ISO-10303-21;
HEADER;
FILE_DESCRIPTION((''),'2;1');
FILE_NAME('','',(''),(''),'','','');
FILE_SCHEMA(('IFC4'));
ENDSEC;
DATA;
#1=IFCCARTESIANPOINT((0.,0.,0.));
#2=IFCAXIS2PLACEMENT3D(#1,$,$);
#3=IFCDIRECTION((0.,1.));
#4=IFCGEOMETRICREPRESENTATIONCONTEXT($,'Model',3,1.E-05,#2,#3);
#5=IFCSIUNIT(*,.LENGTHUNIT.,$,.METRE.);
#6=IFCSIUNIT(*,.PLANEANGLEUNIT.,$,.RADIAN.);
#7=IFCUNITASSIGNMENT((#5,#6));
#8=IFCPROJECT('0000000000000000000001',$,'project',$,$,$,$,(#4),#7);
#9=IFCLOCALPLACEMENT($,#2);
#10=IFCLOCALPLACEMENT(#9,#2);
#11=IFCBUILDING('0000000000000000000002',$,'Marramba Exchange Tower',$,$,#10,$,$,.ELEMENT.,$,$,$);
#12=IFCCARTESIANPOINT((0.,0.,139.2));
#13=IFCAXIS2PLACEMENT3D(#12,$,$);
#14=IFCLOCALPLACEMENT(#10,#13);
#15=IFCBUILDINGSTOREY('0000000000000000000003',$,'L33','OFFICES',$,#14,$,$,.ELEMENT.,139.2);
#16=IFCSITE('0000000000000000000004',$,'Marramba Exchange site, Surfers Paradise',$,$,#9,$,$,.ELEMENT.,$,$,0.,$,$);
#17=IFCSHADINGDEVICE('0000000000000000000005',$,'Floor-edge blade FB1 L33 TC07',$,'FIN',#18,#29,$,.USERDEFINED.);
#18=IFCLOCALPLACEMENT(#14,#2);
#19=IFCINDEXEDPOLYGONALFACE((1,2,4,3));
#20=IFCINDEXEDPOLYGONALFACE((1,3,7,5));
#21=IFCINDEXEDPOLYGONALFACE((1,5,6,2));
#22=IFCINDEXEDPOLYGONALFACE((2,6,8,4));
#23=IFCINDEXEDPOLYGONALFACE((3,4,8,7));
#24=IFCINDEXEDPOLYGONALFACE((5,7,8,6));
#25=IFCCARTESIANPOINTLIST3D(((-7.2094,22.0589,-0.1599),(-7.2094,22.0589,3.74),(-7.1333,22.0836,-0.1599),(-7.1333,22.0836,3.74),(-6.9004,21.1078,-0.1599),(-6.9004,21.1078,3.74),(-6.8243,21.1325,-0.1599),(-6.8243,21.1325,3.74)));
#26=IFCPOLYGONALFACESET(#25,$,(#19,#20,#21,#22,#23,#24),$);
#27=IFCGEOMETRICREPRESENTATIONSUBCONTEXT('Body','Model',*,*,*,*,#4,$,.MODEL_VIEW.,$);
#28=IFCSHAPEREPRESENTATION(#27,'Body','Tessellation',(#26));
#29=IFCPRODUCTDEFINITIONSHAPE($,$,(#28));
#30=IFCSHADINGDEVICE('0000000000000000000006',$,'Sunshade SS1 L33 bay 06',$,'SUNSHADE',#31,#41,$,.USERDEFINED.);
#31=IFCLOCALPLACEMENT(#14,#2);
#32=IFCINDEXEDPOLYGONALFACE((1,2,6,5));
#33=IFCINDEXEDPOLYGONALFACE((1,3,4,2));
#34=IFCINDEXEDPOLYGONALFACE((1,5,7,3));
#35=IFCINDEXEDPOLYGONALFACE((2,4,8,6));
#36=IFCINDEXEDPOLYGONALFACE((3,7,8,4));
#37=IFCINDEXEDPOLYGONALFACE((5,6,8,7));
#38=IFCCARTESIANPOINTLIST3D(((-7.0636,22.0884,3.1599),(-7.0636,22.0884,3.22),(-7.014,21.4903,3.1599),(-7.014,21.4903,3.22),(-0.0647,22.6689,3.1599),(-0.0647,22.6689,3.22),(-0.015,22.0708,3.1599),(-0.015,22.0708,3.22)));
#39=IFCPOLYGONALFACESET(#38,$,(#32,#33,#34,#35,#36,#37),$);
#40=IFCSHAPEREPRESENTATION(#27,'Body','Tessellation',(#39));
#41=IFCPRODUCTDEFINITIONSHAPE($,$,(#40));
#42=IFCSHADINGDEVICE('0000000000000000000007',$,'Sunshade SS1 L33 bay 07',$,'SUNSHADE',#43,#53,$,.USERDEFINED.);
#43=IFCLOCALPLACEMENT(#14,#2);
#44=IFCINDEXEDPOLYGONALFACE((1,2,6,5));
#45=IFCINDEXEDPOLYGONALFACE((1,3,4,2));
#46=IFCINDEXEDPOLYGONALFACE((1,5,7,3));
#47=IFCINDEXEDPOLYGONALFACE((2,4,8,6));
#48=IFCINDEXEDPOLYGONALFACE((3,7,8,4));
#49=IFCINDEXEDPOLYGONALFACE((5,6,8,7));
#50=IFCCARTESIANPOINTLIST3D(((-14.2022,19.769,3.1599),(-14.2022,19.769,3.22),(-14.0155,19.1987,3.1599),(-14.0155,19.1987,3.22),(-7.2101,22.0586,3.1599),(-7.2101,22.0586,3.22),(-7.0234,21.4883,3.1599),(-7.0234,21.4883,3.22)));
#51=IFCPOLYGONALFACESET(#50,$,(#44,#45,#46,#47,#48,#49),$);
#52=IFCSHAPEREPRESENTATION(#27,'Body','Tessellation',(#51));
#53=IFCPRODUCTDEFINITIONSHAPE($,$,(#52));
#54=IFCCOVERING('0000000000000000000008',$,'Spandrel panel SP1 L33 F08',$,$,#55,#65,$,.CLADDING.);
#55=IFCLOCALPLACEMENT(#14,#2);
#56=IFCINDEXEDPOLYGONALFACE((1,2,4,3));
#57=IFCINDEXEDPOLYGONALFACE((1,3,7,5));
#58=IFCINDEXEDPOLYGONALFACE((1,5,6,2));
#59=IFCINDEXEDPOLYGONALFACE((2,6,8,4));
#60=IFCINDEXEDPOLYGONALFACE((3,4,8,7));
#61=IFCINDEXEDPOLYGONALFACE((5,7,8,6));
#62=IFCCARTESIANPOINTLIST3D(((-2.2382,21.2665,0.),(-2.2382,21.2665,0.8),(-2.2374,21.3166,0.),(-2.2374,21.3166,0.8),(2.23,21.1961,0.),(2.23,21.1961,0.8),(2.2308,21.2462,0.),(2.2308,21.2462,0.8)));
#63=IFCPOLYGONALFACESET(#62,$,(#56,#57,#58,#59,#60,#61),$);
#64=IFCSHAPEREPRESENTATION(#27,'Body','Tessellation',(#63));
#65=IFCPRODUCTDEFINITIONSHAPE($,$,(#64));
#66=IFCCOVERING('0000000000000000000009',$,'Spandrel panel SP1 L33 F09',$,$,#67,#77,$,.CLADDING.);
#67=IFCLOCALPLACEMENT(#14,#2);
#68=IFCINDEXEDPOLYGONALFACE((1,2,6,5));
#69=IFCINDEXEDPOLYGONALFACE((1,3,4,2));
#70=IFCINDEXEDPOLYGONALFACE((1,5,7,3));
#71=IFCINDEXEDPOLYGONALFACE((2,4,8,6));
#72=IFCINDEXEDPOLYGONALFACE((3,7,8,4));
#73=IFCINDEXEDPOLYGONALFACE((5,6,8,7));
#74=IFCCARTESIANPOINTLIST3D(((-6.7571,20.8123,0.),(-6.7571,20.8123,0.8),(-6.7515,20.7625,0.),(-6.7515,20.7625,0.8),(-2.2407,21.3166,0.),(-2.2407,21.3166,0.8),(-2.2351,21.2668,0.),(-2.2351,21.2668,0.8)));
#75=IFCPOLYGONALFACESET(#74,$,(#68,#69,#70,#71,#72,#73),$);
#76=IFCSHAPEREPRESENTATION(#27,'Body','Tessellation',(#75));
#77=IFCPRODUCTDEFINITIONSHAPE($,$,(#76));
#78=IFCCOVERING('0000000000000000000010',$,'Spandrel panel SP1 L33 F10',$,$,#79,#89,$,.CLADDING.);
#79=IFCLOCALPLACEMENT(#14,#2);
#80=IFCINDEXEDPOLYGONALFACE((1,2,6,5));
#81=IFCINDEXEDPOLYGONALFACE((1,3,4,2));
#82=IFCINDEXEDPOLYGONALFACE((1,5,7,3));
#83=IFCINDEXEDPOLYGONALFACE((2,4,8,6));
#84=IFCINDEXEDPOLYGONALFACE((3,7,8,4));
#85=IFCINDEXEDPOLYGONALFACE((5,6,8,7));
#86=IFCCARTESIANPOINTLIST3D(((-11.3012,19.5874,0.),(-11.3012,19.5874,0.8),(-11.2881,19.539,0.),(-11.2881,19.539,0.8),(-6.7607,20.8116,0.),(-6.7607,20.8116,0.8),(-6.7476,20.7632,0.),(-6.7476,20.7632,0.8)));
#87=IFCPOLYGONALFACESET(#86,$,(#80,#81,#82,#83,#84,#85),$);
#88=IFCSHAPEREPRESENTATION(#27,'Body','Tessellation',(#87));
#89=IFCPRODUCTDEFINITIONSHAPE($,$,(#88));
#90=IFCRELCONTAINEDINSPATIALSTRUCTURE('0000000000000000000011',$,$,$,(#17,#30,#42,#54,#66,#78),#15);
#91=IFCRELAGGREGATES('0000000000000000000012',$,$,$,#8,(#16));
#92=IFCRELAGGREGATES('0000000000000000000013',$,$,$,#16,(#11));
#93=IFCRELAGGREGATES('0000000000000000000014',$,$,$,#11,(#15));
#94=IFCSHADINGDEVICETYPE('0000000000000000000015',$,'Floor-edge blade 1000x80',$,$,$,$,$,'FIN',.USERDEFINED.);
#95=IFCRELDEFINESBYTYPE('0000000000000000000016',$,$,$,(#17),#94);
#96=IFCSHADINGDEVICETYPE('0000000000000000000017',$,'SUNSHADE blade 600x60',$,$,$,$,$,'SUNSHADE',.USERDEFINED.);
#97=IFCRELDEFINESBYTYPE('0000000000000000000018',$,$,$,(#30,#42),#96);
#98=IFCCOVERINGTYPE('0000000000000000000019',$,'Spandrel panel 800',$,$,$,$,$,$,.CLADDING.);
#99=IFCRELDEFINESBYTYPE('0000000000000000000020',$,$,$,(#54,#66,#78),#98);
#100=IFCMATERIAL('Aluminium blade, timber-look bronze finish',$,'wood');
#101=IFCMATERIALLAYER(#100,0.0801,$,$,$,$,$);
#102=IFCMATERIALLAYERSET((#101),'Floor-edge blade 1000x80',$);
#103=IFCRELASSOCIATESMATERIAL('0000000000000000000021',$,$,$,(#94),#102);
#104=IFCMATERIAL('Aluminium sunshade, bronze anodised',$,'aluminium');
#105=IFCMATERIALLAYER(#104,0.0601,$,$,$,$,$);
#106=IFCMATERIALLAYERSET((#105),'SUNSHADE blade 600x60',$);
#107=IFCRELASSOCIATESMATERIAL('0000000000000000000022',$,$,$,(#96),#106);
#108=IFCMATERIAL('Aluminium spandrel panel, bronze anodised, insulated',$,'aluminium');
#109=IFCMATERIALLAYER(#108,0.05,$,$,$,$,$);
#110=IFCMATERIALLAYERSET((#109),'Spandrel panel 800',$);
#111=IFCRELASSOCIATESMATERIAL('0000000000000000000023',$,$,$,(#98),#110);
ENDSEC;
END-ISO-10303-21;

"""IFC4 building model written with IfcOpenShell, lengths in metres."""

from ifc_helpers import new_model, si_unit, direction, frame, origin, origin_2d, place, context, subcontext, project, spatial, rectangle, extrude, material, layer, layer_set, type_object, element, save


model = new_model("IFC4")

# Units and contexts
model_context = context("Model", 3, precision=1e-05, world=origin(), true_north=direction((0.0, 1.0)))
body_context = subcontext(model_context, "Body", "Model", "MODEL_VIEW")
ifc_project = project(units=[si_unit("LENGTHUNIT", "METRE"), si_unit("PLANEANGLEUNIT", "RADIAN")], contexts=[model_context])

# Site, building, storey
site_placement = place(None, origin())
site = spatial("IfcSite", under=ifc_project, at=site_placement, Name="Marramba Exchange site, Surfers Paradise", CompositionType="ELEMENT", RefElevation=0.0)
building_placement = place(site_placement, origin())
building = spatial("IfcBuilding", under=site, at=building_placement, Name="Marramba Exchange Tower", CompositionType="ELEMENT")
storey_placement = place(building_placement, frame((0.0, 0.0, 139.2)))
storey = spatial("IfcBuildingStorey", under=building, at=storey_placement, Name="L33", Description="OFFICES", CompositionType="ELEMENT", Elevation=139.2)

# Shading devices
ifc_material_1 = material(Name="Aluminium blade, timber-look bronze finish", Category="wood")
ifc_layer_1 = layer(ifc_material_1, 0.0801)
ifc_layer_set_1 = layer_set([ifc_layer_1], Name="Floor-edge blade 1000x80")
shading_device_type_1 = type_object("IfcShadingDeviceType", Name="Floor-edge blade 1000x80", ElementType="FIN", PredefinedType="USERDEFINED", material=ifc_layer_set_1)
shading_device_1_placement = place(storey_placement, frame((-7.0168, 21.5957, -0.1599), z_axis=(0.0, 0.0, 1.0), x_axis=(-0.309017, 0.951057, 0.0)))
element("IfcShadingDevice", 1, at=shading_device_1_placement, inside=storey, type_object=shading_device_type_1, Name="Floor-edge blade FB1 L33 TC07", ObjectType="FIN", PredefinedType="USERDEFINED", context=body_context, shape_type="SweptSolid", body=[
    extrude(rectangle(XDim=1.0, YDim=0.0801, at=origin_2d()), origin(), (0.0, 0.0, 1.0), 3.8999),
])
ifc_material_2 = material(Name="Aluminium sunshade, bronze anodised", Category="aluminium")
ifc_layer_2 = layer(ifc_material_2, 0.0601)
ifc_layer_set_2 = layer_set([ifc_layer_2], Name="SUNSHADE blade 600x60")
shading_device_type_2 = type_object("IfcShadingDeviceType", Name="SUNSHADE blade 600x60", ElementType="SUNSHADE", PredefinedType="USERDEFINED", material=ifc_layer_set_2)
shading_device_2_placement = place(storey_placement, frame((-3.5393, 22.0796, 3.1599), z_axis=(0.0, 0.0, 1.0), x_axis=(-0.996578, -0.08266, 0.0)))
element("IfcShadingDevice", 2, at=shading_device_2_placement, inside=storey, type_object=shading_device_type_2, Name="Sunshade SS1 L33 bay 06", ObjectType="SUNSHADE", PredefinedType="USERDEFINED", context=body_context, shape_type="SweptSolid", body=[
    extrude(rectangle(XDim=7.0229, YDim=0.6001, at=origin_2d()), origin(), (0.0, 0.0, 1.0), 0.0601),
])
shading_device_3_placement = place(storey_placement, frame((-10.6128, 20.6287, 3.1599), z_axis=(0.0, 0.0, 1.0), x_axis=(-0.950346, -0.311196, 0.0)))
element("IfcShadingDevice", 3, at=shading_device_3_placement, inside=storey, type_object=shading_device_type_2, Name="Sunshade SS1 L33 bay 07", ObjectType="SUNSHADE", PredefinedType="USERDEFINED", context=body_context, shape_type="SweptSolid", body=[
    extrude(rectangle(XDim=7.3574, YDim=0.6001, at=origin_2d()), origin(), (0.0, 0.0, 1.0), 0.0601),
])

# Coverings
ifc_material_3 = material(Name="Aluminium spandrel panel, bronze anodised, insulated", Category="aluminium")
ifc_layer_3 = layer(ifc_material_3, 0.05)
ifc_layer_set_3 = layer_set([ifc_layer_3], Name="Spandrel panel 800")
covering_type = type_object("IfcCoveringType", Name="Spandrel panel 800", PredefinedType="CLADDING", material=ifc_layer_set_3)
covering_1_placement = place(storey_placement, frame((-0.0037, 21.2563, 0.0), z_axis=(0.0, 0.0, 1.0), x_axis=(-0.999876, 0.015756, 0.0)))
element("IfcCovering", 4, at=covering_1_placement, inside=storey, type_object=covering_type, Name="Spandrel panel SP1 L33 F08", PredefinedType="CLADDING", context=body_context, shape_type="SweptSolid", body=[
    extrude(rectangle(XDim=4.4688, YDim=0.05, at=origin_2d()), origin(), (0.0, 0.0, 1.0), 0.8),
])
covering_2_placement = place(storey_placement, frame((-4.4961, 21.0396, 0.0), z_axis=(0.0, 0.0, 1.0), x_axis=(-0.993823, -0.110973, 0.0)))
element("IfcCovering", 5, at=covering_2_placement, inside=storey, type_object=covering_type, Name="Spandrel panel SP1 L33 F09", PredefinedType="CLADDING", context=body_context, shape_type="SweptSolid", body=[
    extrude(rectangle(XDim=4.5444, YDim=0.05, at=origin_2d()), origin(), (0.0, 0.0, 1.0), 0.8),
])
covering_3_placement = place(storey_placement, frame((-9.0244, 20.1753, 0.0), z_axis=(0.0, 0.0, 1.0), x_axis=(-0.965522, -0.260321, 0.0)))
element("IfcCovering", 6, at=covering_3_placement, inside=storey, type_object=covering_type, Name="Spandrel panel SP1 L33 F10", PredefinedType="CLADDING", context=body_context, shape_type="SweptSolid", body=[
    extrude(rectangle(XDim=4.7026, YDim=0.05, at=origin_2d()), origin(), (0.0, 0.0, 1.0), 0.8),
])

save(model, "model.ifc")
